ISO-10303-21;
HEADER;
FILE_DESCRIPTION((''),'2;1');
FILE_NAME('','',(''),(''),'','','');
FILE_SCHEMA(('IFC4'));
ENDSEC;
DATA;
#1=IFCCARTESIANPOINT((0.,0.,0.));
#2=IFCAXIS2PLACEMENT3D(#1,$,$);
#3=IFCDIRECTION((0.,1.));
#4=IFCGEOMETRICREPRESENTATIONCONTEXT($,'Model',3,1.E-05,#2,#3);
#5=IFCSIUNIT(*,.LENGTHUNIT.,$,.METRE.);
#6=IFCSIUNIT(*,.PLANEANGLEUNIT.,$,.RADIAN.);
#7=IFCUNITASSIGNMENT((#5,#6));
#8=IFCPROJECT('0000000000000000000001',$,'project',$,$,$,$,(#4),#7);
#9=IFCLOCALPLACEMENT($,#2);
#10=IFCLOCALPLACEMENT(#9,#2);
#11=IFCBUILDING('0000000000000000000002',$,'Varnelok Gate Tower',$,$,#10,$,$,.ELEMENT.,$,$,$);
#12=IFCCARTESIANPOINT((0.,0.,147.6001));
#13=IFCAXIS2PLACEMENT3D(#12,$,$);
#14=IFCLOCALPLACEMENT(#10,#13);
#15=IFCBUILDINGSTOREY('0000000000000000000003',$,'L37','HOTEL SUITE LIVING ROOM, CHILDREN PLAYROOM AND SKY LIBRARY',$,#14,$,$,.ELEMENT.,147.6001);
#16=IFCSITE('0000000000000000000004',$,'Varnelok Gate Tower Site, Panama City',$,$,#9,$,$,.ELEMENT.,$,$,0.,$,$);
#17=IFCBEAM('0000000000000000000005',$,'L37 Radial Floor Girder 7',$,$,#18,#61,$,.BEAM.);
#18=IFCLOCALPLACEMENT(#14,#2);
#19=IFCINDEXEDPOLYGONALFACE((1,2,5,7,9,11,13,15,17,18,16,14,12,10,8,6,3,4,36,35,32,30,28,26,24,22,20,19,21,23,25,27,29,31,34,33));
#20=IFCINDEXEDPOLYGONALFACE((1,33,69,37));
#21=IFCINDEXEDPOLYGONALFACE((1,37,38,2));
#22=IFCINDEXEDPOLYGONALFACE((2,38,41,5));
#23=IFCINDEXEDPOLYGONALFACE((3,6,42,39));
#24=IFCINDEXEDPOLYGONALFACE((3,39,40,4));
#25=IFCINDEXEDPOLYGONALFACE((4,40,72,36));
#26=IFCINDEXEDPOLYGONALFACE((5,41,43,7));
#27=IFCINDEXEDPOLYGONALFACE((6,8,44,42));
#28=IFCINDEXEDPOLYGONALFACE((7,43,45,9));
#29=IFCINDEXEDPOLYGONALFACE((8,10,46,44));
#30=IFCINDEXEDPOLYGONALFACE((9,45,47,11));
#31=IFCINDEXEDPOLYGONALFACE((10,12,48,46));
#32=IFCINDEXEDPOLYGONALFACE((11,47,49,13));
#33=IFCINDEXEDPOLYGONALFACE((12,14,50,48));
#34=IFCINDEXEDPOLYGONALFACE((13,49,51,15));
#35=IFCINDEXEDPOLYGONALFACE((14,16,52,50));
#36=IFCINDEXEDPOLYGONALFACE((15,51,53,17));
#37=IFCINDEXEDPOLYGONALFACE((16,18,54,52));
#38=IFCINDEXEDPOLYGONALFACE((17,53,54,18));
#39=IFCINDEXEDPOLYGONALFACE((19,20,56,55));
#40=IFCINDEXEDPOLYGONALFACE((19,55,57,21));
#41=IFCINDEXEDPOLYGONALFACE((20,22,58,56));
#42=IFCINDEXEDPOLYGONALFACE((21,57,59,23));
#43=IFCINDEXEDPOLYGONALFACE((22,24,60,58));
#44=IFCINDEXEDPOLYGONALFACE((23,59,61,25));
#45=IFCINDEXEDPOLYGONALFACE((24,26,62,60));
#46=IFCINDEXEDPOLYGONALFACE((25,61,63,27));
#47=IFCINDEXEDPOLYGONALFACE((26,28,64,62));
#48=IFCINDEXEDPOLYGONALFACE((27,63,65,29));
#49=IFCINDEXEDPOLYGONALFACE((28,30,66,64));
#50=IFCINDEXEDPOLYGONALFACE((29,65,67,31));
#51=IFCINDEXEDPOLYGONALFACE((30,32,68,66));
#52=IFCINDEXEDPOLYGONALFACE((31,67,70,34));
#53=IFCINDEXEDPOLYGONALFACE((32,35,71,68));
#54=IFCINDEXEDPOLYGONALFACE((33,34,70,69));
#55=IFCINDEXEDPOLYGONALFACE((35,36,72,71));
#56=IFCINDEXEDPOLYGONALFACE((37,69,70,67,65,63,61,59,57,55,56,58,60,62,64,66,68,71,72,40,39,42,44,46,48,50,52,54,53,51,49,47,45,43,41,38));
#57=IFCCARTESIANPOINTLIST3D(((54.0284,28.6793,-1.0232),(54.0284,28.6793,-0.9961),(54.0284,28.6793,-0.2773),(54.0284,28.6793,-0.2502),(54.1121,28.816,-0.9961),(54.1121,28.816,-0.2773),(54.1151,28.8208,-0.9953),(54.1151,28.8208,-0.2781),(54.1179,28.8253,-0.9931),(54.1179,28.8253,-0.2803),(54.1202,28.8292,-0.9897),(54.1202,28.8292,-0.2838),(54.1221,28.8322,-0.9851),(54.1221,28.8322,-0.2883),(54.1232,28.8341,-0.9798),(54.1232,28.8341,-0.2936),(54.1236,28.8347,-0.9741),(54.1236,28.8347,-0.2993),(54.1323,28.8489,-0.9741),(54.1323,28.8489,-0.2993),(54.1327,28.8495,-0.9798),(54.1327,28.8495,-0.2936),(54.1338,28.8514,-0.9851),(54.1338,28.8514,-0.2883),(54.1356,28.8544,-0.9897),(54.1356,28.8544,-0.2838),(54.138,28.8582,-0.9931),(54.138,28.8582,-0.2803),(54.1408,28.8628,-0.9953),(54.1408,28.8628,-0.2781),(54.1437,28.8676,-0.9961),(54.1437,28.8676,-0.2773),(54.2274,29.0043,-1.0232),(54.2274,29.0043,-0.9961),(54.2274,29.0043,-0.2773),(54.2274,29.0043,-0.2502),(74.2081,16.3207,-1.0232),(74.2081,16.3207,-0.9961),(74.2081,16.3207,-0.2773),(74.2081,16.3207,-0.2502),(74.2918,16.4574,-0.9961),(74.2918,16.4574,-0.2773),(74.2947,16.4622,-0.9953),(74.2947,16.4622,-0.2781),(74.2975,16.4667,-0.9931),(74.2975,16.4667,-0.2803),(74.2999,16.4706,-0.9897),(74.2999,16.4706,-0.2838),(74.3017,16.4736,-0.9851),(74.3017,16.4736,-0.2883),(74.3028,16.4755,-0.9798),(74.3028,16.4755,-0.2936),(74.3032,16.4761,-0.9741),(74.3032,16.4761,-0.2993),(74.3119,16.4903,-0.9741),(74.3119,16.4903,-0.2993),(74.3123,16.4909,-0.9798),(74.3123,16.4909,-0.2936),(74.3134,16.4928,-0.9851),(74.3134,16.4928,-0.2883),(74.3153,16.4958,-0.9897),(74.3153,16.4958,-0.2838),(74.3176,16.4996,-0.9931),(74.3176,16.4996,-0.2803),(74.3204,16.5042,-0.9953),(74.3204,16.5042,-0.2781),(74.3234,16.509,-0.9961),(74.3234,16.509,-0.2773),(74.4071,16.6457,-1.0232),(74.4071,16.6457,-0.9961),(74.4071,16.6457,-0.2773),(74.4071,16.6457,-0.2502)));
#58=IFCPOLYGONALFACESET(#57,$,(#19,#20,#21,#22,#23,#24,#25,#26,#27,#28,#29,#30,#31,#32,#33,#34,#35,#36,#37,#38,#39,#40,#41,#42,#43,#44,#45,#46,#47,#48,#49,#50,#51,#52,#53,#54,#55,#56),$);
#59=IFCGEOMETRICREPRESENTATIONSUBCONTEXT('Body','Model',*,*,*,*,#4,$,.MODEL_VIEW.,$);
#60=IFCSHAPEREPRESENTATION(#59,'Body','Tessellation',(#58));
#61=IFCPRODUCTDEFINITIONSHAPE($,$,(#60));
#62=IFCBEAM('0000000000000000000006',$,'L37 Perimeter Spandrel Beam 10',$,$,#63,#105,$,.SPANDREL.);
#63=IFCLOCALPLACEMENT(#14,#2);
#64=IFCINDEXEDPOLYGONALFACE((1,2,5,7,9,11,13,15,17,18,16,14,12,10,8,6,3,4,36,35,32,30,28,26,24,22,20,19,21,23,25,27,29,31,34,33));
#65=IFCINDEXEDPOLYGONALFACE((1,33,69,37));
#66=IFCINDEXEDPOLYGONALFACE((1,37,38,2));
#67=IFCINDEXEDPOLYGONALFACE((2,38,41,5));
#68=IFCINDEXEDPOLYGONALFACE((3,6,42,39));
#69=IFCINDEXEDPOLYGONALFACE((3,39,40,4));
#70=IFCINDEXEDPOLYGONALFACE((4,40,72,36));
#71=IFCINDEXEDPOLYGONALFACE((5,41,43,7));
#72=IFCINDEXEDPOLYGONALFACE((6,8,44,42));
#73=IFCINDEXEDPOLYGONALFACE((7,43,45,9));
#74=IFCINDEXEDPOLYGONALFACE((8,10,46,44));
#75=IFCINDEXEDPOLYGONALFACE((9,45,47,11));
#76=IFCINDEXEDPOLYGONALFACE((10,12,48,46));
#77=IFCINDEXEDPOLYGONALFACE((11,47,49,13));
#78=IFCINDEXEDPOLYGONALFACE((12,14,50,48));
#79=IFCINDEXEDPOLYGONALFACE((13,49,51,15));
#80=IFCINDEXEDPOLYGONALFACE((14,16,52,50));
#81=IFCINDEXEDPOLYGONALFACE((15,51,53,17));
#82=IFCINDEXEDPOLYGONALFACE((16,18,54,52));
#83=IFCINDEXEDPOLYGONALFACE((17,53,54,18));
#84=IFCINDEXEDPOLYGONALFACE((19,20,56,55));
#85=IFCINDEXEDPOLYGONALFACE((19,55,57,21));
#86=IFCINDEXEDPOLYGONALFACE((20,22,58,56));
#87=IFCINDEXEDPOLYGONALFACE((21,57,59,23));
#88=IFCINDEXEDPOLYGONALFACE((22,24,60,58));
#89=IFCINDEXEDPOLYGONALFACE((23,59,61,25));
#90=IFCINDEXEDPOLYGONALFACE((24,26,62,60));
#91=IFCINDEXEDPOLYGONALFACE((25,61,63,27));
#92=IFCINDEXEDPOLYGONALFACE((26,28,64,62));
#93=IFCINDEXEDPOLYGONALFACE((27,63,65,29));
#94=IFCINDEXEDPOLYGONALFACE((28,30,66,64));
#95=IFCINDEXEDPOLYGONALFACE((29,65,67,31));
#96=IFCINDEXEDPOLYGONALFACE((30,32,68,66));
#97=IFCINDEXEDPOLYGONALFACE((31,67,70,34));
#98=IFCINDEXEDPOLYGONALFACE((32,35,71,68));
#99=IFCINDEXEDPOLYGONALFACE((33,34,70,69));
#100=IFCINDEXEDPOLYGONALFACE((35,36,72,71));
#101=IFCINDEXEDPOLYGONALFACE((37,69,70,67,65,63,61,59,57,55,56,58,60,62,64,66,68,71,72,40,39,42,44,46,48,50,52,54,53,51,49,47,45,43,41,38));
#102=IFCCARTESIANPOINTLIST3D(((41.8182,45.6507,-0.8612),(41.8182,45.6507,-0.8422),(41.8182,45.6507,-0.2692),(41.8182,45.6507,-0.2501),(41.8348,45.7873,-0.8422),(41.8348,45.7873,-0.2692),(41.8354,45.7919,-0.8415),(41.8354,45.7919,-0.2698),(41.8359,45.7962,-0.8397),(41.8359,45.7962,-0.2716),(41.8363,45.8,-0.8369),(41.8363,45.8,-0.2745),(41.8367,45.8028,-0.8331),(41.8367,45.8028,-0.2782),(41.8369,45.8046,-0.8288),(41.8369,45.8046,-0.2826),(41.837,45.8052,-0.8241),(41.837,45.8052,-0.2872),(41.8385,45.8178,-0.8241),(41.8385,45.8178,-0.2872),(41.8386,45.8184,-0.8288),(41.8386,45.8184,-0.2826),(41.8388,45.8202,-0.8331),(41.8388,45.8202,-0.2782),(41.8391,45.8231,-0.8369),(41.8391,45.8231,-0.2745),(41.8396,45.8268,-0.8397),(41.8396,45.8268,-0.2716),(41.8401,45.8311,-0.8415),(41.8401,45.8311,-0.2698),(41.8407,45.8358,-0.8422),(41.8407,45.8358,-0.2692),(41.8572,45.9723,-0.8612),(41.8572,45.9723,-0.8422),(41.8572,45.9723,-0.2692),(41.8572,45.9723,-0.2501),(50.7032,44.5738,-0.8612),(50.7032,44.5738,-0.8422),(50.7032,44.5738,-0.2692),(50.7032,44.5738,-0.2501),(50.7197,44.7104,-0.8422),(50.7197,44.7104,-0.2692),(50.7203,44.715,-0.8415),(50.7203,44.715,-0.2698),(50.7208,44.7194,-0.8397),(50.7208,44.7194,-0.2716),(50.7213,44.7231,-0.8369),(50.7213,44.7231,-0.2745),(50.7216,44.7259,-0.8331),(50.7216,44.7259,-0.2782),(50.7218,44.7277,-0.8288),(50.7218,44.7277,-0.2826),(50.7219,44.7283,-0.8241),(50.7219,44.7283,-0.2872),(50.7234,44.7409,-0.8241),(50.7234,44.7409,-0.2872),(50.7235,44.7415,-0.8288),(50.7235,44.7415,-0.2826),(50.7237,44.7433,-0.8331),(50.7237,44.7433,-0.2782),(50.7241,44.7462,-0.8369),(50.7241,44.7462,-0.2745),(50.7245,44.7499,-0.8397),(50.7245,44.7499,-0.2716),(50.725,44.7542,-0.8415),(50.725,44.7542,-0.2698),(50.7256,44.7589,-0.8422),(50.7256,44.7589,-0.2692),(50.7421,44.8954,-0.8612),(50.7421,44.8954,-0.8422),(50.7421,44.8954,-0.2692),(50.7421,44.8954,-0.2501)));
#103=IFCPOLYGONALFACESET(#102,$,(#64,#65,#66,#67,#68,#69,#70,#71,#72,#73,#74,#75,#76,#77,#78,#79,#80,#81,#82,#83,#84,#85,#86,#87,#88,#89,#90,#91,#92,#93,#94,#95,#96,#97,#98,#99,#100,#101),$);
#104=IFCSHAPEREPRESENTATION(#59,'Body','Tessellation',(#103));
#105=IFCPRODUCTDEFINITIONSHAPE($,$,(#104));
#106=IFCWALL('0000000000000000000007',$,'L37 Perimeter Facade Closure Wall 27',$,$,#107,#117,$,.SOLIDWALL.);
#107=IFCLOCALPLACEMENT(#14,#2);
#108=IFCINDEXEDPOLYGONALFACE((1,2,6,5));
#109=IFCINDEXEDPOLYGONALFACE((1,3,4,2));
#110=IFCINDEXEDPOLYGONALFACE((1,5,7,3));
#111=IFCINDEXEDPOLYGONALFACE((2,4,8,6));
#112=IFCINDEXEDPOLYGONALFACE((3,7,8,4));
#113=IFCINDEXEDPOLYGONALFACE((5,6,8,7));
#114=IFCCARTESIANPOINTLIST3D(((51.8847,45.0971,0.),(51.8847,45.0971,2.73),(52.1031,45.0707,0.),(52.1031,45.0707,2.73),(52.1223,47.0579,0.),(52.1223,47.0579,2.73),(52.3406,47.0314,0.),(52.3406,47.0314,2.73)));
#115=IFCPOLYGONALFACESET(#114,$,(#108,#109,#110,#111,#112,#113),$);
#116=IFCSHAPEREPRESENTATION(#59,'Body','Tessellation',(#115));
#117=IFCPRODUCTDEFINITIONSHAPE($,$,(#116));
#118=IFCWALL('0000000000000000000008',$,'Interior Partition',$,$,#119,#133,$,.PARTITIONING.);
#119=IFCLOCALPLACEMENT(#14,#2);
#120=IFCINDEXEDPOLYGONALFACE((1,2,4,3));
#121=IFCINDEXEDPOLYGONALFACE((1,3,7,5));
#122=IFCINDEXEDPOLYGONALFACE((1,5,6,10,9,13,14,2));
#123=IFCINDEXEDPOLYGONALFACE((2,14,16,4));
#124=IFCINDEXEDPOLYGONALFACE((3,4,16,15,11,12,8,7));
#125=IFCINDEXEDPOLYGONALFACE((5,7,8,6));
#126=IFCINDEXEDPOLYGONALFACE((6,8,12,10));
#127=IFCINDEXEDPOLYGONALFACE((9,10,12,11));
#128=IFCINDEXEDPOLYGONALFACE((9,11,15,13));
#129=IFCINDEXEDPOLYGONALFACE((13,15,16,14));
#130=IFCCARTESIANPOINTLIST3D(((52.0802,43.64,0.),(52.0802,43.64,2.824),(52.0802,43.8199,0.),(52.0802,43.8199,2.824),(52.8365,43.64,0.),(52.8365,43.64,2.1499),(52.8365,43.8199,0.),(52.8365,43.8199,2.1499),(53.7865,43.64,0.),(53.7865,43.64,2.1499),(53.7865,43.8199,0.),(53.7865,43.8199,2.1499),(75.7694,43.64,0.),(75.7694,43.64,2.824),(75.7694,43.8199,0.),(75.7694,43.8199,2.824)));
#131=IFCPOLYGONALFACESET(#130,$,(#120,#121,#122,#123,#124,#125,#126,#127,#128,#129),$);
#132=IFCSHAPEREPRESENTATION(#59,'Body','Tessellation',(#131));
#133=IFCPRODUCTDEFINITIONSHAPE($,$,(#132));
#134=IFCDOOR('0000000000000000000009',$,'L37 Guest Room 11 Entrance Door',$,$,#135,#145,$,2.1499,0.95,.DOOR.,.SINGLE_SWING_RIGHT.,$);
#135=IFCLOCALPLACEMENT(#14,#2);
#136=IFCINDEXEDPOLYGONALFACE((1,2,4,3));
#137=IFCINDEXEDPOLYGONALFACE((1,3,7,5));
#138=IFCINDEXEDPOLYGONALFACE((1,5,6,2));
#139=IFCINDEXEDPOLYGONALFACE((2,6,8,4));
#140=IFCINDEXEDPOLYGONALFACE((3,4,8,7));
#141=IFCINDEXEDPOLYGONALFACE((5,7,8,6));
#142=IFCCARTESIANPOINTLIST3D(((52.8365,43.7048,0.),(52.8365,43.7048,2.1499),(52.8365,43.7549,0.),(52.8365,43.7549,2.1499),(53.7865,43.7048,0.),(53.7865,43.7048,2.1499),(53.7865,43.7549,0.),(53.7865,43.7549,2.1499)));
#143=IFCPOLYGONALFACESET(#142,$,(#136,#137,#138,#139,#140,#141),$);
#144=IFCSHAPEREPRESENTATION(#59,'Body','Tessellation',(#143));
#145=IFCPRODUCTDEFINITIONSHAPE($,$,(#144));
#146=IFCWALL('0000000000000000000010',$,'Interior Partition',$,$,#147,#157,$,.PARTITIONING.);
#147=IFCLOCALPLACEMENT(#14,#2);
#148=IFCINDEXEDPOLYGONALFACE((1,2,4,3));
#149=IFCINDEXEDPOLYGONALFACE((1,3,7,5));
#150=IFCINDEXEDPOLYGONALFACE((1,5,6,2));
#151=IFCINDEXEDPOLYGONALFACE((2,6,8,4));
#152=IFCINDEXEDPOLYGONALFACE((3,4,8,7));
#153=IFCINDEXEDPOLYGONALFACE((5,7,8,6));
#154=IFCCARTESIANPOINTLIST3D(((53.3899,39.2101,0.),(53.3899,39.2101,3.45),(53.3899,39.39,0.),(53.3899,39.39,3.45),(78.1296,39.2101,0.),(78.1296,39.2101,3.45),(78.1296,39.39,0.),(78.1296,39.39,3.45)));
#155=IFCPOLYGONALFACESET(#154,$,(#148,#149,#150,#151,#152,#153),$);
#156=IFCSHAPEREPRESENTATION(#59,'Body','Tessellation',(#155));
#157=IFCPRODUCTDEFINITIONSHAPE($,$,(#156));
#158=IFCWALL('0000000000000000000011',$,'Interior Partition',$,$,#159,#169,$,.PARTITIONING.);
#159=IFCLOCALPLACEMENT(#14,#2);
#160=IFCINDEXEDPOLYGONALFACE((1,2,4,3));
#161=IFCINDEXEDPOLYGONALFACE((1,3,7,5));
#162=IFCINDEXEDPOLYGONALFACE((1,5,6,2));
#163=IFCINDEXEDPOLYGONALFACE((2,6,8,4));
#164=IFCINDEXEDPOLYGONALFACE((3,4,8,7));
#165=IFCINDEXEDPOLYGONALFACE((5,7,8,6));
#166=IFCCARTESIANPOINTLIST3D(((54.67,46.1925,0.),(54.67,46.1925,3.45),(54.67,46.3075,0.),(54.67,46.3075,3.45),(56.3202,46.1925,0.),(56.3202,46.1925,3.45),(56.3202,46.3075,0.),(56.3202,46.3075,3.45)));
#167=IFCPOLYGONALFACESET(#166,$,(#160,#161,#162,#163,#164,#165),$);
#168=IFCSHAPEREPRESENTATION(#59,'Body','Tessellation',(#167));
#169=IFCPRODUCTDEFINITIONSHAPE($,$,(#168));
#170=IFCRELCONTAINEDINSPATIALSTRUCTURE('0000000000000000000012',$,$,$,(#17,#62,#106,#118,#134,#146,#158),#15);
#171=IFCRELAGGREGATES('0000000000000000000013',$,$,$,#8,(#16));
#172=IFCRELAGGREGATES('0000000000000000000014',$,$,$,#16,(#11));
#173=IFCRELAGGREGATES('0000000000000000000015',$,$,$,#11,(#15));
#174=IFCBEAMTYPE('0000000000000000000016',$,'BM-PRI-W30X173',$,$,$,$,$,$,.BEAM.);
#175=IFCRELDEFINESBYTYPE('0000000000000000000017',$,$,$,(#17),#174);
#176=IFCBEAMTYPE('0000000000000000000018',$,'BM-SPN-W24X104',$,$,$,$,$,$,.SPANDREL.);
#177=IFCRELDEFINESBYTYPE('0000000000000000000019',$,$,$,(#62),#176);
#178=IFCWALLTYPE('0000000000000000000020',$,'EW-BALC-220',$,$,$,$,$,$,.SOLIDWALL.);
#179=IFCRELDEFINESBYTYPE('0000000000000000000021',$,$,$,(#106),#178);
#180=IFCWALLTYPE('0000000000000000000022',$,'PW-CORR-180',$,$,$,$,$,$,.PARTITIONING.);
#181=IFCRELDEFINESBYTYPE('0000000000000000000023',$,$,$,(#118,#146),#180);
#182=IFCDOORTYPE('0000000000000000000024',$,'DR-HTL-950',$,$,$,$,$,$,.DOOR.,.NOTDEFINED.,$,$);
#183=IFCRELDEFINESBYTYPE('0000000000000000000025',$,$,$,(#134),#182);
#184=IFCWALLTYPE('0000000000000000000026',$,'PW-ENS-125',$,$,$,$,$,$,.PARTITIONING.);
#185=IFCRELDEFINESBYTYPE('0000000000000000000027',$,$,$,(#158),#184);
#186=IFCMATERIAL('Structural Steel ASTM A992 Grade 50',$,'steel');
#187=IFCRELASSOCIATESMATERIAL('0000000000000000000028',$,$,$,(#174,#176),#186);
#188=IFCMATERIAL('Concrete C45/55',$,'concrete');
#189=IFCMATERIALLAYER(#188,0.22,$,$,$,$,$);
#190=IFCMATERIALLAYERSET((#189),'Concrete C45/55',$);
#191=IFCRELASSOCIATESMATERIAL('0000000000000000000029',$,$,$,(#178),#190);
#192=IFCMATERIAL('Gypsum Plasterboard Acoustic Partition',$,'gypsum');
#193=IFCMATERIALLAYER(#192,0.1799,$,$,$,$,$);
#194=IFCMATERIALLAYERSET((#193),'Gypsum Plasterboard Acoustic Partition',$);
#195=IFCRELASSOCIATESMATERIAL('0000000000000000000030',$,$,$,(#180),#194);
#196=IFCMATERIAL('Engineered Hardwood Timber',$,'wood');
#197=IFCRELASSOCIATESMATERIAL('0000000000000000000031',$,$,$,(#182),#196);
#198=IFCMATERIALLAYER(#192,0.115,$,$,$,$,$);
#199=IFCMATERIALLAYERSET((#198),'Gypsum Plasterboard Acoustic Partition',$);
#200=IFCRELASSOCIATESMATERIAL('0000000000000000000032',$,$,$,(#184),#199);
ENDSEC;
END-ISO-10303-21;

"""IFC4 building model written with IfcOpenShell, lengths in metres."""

from ifc_helpers import new_model, si_unit, direction, frame, frame_2d, origin, origin_2d, place, context, subcontext, project, spatial, rectangle, i_section, extrude, material, layer, layer_set, material_profile, profile_set, type_object, element, fill, save


model = new_model("IFC4")

# Units and contexts
model_context = context("Model", 3, precision=1e-05, world=origin(), true_north=direction((0.0, 1.0)))
body_context = subcontext(model_context, "Body", "Model", "MODEL_VIEW")
ifc_project = project(units=[si_unit("LENGTHUNIT", "METRE"), si_unit("PLANEANGLEUNIT", "RADIAN")], contexts=[model_context])

# Site, building, storey
site_placement = place(None, origin())
site = spatial("IfcSite", under=ifc_project, at=site_placement, Name="Varnelok Gate Tower Site, Panama City", CompositionType="ELEMENT", RefElevation=0.0)
building_placement = place(site_placement, origin())
building = spatial("IfcBuilding", under=site, at=building_placement, Name="Varnelok Gate Tower", CompositionType="ELEMENT")
storey_placement = place(building_placement, frame((0.0, 0.0, 147.6001)))
storey = spatial("IfcBuildingStorey", under=building, at=storey_placement, Name="L37", Description="HOTEL SUITE LIVING ROOM, CHILDREN PLAYROOM AND SKY LIBRARY", CompositionType="ELEMENT", Elevation=147.6001)

# Shared definitions
ifc_material_1 = material(Name="Structural Steel ASTM A992 Grade 50", Category="steel")

# Beams
ifc_material_profile_1 = material_profile(ifc_material_1, i_section(OverallWidth=0.3811, OverallDepth=0.7729, WebThickness=0.0166, FlangeThickness=0.0271, FilletRadius=0.022, at=origin_2d()), Name="W30X173")
ifc_profile_set_1 = profile_set([ifc_material_profile_1], Name="Structural Steel ASTM A992 Grade 50")
beam_type_1 = type_object("IfcBeamType", Name="BM-PRI-W30X173", PredefinedType="BEAM", material=ifc_profile_set_1)
beam_1_placement = place(storey_placement, frame((54.1279, 28.8418, -0.6367), z_axis=(0.852781, -0.522269, 0.0), x_axis=(0.522269, 0.852781, 0.0)))
element("IfcBeam", 1, at=beam_1_placement, inside=storey, type_object=beam_type_1, Name="L37 Radial Floor Girder 7", PredefinedType="BEAM", context=body_context, shape_type="SweptSolid", body=[
    extrude(i_section(OverallWidth=0.3811, OverallDepth=0.7729, WebThickness=0.0166, FlangeThickness=0.0271, FilletRadius=0.022, at=origin_2d()), origin(), (0.0, 0.0, 1.0), 23.6633),
])
ifc_material_profile_2 = material_profile(ifc_material_1, i_section(OverallWidth=0.324, OverallDepth=0.6111, WebThickness=0.0127, FlangeThickness=0.019, FilletRadius=0.0181, at=origin_2d()), Name="W24X104")
ifc_profile_set_2 = profile_set([ifc_material_profile_2], Name="Structural Steel ASTM A992 Grade 50")
beam_type_2 = type_object("IfcBeamType", Name="BM-SPN-W24X104", PredefinedType="SPANDREL", material=ifc_profile_set_2)
beam_2_placement = place(storey_placement, frame((50.7227, 44.7346, -0.5557), z_axis=(-0.992735, 0.120324, 0.0), x_axis=(-0.120324, -0.992735, 0.0)))
element("IfcBeam", 2, at=beam_2_placement, inside=storey, type_object=beam_type_2, Name="L37 Perimeter Spandrel Beam 10", PredefinedType="SPANDREL", context=body_context, shape_type="SweptSolid", body=[
    extrude(i_section(OverallWidth=0.324, OverallDepth=0.6111, WebThickness=0.0127, FlangeThickness=0.019, FilletRadius=0.0181, at=origin_2d()), origin(), (0.0, 0.0, 1.0), 8.95),
])

# Wall
ifc_material_2 = material(Name="Concrete C45/55", Category="concrete")
ifc_layer_1 = layer(ifc_material_2, 0.22)
ifc_layer_set_1 = layer_set([ifc_layer_1], Name="Concrete C45/55")
wall_type_1 = type_object("IfcWallType", Name="EW-BALC-220", PredefinedType="SOLIDWALL", material=ifc_layer_set_1)
wall_1_placement = place(storey_placement, frame((52.2314, 47.0447, 0.0), z_axis=(0.0, 0.0, 1.0), x_axis=(-0.120276, -0.99274, 0.0)))
element("IfcWall", 3, at=wall_1_placement, inside=storey, type_object=wall_type_1, Name="L37 Perimeter Facade Closure Wall 27", PredefinedType="SOLIDWALL", context=body_context, shape_type="SweptSolid", body=[
    extrude(rectangle(XDim=1.9751, YDim=0.22, at=frame_2d((0.9875, 0.0))), origin(), (0.0, 0.0, 1.0), 2.73),
])

# Wall, opening, door
ifc_material_3 = material(Name="Gypsum Plasterboard Acoustic Partition", Category="gypsum")
ifc_layer_2 = layer(ifc_material_3, 0.1799)
ifc_layer_set_2 = layer_set([ifc_layer_2], Name="Gypsum Plasterboard Acoustic Partition")
wall_type_2 = type_object("IfcWallType", Name="PW-CORR-180", PredefinedType="PARTITIONING", material=ifc_layer_set_2)
wall_2_placement = place(storey_placement, frame((52.0801, 43.73, 0.0), z_axis=(0.0, 0.0, 1.0), x_axis=(1.0, 0.0, 0.0)))
wall_2 = element("IfcWall", 4, at=wall_2_placement, inside=storey, type_object=wall_type_2, Name="Interior Partition", PredefinedType="PARTITIONING", context=body_context, shape_type="SweptSolid", body=[
    extrude(rectangle(XDim=23.6892, YDim=0.1799, at=frame_2d((11.8447, 0.0))), origin(), (0.0, 0.0, 1.0), 2.824),
])
opening_1_placement = place(wall_2_placement, frame((0.7563, 0.0, 0.0)))
opening_1 = element("IfcOpeningElement", 5, at=opening_1_placement, cuts=wall_2, PredefinedType="OPENING", context=body_context, shape_type="SweptSolid", body=[
    extrude(rectangle(XDim=0.95, YDim=2.1499, at=frame_2d((0.4751, 1.075))), frame((0.0, 0.0999, 0.0), z_axis=(0.0, -1.0, 0.0), x_axis=(1.0, 0.0, 0.0)), (0.0, 0.0, 1.0), 0.2),
])
ifc_material_4 = material(Name="Engineered Hardwood Timber", Category="wood")
door_type_1 = type_object("IfcDoorType", Name="DR-HTL-950", OperationType="NOTDEFINED", PredefinedType="DOOR", material=ifc_material_4)
door_1_placement = place(opening_1_placement, origin())
door_1 = element("IfcDoor", 6, at=door_1_placement, inside=storey, type_object=door_type_1, Name="L37 Guest Room 11 Entrance Door", OperationType="SINGLE_SWING_RIGHT", OverallHeight=2.1499, OverallWidth=0.95, PredefinedType="DOOR", context=body_context, shape_type="SweptSolid", body=[
    extrude(rectangle(XDim=0.95, YDim=2.1499, at=frame_2d((0.4751, 1.075))), frame((0.0, 0.0249, 0.0), z_axis=(0.0, -1.0, 0.0), x_axis=(1.0, 0.0, 0.0)), (0.0, 0.0, 1.0), 0.05),
])
fill(opening_1, door_1)

# Walls
wall_3_placement = place(storey_placement, frame((53.3899, 39.3, 0.0), z_axis=(0.0, 0.0, 1.0), x_axis=(1.0, 0.0, 0.0)))
element("IfcWall", 7, at=wall_3_placement, inside=storey, type_object=wall_type_2, Name="Interior Partition", PredefinedType="PARTITIONING", context=body_context, shape_type="SweptSolid", body=[
    extrude(rectangle(XDim=24.7397, YDim=0.1799, at=frame_2d((12.3699, 0.0))), origin(), (0.0, 0.0, 1.0), 3.45),
])
ifc_layer_3 = layer(ifc_material_3, 0.115)
ifc_layer_set_3 = layer_set([ifc_layer_3], Name="Gypsum Plasterboard Acoustic Partition")
wall_type_3 = type_object("IfcWallType", Name="PW-ENS-125", PredefinedType="PARTITIONING", material=ifc_layer_set_3)
wall_4_placement = place(storey_placement, frame((54.6699, 46.25, 0.0), z_axis=(0.0, 0.0, 1.0), x_axis=(1.0, 0.0, 0.0)))
element("IfcWall", 8, at=wall_4_placement, inside=storey, type_object=wall_type_3, Name="Interior Partition", PredefinedType="PARTITIONING", context=body_context, shape_type="SweptSolid", body=[
    extrude(rectangle(XDim=1.6501, YDim=0.115, at=frame_2d((0.8252, 0.0))), origin(), (0.0, 0.0, 1.0), 3.45),
])

save(model, "model.ifc")
